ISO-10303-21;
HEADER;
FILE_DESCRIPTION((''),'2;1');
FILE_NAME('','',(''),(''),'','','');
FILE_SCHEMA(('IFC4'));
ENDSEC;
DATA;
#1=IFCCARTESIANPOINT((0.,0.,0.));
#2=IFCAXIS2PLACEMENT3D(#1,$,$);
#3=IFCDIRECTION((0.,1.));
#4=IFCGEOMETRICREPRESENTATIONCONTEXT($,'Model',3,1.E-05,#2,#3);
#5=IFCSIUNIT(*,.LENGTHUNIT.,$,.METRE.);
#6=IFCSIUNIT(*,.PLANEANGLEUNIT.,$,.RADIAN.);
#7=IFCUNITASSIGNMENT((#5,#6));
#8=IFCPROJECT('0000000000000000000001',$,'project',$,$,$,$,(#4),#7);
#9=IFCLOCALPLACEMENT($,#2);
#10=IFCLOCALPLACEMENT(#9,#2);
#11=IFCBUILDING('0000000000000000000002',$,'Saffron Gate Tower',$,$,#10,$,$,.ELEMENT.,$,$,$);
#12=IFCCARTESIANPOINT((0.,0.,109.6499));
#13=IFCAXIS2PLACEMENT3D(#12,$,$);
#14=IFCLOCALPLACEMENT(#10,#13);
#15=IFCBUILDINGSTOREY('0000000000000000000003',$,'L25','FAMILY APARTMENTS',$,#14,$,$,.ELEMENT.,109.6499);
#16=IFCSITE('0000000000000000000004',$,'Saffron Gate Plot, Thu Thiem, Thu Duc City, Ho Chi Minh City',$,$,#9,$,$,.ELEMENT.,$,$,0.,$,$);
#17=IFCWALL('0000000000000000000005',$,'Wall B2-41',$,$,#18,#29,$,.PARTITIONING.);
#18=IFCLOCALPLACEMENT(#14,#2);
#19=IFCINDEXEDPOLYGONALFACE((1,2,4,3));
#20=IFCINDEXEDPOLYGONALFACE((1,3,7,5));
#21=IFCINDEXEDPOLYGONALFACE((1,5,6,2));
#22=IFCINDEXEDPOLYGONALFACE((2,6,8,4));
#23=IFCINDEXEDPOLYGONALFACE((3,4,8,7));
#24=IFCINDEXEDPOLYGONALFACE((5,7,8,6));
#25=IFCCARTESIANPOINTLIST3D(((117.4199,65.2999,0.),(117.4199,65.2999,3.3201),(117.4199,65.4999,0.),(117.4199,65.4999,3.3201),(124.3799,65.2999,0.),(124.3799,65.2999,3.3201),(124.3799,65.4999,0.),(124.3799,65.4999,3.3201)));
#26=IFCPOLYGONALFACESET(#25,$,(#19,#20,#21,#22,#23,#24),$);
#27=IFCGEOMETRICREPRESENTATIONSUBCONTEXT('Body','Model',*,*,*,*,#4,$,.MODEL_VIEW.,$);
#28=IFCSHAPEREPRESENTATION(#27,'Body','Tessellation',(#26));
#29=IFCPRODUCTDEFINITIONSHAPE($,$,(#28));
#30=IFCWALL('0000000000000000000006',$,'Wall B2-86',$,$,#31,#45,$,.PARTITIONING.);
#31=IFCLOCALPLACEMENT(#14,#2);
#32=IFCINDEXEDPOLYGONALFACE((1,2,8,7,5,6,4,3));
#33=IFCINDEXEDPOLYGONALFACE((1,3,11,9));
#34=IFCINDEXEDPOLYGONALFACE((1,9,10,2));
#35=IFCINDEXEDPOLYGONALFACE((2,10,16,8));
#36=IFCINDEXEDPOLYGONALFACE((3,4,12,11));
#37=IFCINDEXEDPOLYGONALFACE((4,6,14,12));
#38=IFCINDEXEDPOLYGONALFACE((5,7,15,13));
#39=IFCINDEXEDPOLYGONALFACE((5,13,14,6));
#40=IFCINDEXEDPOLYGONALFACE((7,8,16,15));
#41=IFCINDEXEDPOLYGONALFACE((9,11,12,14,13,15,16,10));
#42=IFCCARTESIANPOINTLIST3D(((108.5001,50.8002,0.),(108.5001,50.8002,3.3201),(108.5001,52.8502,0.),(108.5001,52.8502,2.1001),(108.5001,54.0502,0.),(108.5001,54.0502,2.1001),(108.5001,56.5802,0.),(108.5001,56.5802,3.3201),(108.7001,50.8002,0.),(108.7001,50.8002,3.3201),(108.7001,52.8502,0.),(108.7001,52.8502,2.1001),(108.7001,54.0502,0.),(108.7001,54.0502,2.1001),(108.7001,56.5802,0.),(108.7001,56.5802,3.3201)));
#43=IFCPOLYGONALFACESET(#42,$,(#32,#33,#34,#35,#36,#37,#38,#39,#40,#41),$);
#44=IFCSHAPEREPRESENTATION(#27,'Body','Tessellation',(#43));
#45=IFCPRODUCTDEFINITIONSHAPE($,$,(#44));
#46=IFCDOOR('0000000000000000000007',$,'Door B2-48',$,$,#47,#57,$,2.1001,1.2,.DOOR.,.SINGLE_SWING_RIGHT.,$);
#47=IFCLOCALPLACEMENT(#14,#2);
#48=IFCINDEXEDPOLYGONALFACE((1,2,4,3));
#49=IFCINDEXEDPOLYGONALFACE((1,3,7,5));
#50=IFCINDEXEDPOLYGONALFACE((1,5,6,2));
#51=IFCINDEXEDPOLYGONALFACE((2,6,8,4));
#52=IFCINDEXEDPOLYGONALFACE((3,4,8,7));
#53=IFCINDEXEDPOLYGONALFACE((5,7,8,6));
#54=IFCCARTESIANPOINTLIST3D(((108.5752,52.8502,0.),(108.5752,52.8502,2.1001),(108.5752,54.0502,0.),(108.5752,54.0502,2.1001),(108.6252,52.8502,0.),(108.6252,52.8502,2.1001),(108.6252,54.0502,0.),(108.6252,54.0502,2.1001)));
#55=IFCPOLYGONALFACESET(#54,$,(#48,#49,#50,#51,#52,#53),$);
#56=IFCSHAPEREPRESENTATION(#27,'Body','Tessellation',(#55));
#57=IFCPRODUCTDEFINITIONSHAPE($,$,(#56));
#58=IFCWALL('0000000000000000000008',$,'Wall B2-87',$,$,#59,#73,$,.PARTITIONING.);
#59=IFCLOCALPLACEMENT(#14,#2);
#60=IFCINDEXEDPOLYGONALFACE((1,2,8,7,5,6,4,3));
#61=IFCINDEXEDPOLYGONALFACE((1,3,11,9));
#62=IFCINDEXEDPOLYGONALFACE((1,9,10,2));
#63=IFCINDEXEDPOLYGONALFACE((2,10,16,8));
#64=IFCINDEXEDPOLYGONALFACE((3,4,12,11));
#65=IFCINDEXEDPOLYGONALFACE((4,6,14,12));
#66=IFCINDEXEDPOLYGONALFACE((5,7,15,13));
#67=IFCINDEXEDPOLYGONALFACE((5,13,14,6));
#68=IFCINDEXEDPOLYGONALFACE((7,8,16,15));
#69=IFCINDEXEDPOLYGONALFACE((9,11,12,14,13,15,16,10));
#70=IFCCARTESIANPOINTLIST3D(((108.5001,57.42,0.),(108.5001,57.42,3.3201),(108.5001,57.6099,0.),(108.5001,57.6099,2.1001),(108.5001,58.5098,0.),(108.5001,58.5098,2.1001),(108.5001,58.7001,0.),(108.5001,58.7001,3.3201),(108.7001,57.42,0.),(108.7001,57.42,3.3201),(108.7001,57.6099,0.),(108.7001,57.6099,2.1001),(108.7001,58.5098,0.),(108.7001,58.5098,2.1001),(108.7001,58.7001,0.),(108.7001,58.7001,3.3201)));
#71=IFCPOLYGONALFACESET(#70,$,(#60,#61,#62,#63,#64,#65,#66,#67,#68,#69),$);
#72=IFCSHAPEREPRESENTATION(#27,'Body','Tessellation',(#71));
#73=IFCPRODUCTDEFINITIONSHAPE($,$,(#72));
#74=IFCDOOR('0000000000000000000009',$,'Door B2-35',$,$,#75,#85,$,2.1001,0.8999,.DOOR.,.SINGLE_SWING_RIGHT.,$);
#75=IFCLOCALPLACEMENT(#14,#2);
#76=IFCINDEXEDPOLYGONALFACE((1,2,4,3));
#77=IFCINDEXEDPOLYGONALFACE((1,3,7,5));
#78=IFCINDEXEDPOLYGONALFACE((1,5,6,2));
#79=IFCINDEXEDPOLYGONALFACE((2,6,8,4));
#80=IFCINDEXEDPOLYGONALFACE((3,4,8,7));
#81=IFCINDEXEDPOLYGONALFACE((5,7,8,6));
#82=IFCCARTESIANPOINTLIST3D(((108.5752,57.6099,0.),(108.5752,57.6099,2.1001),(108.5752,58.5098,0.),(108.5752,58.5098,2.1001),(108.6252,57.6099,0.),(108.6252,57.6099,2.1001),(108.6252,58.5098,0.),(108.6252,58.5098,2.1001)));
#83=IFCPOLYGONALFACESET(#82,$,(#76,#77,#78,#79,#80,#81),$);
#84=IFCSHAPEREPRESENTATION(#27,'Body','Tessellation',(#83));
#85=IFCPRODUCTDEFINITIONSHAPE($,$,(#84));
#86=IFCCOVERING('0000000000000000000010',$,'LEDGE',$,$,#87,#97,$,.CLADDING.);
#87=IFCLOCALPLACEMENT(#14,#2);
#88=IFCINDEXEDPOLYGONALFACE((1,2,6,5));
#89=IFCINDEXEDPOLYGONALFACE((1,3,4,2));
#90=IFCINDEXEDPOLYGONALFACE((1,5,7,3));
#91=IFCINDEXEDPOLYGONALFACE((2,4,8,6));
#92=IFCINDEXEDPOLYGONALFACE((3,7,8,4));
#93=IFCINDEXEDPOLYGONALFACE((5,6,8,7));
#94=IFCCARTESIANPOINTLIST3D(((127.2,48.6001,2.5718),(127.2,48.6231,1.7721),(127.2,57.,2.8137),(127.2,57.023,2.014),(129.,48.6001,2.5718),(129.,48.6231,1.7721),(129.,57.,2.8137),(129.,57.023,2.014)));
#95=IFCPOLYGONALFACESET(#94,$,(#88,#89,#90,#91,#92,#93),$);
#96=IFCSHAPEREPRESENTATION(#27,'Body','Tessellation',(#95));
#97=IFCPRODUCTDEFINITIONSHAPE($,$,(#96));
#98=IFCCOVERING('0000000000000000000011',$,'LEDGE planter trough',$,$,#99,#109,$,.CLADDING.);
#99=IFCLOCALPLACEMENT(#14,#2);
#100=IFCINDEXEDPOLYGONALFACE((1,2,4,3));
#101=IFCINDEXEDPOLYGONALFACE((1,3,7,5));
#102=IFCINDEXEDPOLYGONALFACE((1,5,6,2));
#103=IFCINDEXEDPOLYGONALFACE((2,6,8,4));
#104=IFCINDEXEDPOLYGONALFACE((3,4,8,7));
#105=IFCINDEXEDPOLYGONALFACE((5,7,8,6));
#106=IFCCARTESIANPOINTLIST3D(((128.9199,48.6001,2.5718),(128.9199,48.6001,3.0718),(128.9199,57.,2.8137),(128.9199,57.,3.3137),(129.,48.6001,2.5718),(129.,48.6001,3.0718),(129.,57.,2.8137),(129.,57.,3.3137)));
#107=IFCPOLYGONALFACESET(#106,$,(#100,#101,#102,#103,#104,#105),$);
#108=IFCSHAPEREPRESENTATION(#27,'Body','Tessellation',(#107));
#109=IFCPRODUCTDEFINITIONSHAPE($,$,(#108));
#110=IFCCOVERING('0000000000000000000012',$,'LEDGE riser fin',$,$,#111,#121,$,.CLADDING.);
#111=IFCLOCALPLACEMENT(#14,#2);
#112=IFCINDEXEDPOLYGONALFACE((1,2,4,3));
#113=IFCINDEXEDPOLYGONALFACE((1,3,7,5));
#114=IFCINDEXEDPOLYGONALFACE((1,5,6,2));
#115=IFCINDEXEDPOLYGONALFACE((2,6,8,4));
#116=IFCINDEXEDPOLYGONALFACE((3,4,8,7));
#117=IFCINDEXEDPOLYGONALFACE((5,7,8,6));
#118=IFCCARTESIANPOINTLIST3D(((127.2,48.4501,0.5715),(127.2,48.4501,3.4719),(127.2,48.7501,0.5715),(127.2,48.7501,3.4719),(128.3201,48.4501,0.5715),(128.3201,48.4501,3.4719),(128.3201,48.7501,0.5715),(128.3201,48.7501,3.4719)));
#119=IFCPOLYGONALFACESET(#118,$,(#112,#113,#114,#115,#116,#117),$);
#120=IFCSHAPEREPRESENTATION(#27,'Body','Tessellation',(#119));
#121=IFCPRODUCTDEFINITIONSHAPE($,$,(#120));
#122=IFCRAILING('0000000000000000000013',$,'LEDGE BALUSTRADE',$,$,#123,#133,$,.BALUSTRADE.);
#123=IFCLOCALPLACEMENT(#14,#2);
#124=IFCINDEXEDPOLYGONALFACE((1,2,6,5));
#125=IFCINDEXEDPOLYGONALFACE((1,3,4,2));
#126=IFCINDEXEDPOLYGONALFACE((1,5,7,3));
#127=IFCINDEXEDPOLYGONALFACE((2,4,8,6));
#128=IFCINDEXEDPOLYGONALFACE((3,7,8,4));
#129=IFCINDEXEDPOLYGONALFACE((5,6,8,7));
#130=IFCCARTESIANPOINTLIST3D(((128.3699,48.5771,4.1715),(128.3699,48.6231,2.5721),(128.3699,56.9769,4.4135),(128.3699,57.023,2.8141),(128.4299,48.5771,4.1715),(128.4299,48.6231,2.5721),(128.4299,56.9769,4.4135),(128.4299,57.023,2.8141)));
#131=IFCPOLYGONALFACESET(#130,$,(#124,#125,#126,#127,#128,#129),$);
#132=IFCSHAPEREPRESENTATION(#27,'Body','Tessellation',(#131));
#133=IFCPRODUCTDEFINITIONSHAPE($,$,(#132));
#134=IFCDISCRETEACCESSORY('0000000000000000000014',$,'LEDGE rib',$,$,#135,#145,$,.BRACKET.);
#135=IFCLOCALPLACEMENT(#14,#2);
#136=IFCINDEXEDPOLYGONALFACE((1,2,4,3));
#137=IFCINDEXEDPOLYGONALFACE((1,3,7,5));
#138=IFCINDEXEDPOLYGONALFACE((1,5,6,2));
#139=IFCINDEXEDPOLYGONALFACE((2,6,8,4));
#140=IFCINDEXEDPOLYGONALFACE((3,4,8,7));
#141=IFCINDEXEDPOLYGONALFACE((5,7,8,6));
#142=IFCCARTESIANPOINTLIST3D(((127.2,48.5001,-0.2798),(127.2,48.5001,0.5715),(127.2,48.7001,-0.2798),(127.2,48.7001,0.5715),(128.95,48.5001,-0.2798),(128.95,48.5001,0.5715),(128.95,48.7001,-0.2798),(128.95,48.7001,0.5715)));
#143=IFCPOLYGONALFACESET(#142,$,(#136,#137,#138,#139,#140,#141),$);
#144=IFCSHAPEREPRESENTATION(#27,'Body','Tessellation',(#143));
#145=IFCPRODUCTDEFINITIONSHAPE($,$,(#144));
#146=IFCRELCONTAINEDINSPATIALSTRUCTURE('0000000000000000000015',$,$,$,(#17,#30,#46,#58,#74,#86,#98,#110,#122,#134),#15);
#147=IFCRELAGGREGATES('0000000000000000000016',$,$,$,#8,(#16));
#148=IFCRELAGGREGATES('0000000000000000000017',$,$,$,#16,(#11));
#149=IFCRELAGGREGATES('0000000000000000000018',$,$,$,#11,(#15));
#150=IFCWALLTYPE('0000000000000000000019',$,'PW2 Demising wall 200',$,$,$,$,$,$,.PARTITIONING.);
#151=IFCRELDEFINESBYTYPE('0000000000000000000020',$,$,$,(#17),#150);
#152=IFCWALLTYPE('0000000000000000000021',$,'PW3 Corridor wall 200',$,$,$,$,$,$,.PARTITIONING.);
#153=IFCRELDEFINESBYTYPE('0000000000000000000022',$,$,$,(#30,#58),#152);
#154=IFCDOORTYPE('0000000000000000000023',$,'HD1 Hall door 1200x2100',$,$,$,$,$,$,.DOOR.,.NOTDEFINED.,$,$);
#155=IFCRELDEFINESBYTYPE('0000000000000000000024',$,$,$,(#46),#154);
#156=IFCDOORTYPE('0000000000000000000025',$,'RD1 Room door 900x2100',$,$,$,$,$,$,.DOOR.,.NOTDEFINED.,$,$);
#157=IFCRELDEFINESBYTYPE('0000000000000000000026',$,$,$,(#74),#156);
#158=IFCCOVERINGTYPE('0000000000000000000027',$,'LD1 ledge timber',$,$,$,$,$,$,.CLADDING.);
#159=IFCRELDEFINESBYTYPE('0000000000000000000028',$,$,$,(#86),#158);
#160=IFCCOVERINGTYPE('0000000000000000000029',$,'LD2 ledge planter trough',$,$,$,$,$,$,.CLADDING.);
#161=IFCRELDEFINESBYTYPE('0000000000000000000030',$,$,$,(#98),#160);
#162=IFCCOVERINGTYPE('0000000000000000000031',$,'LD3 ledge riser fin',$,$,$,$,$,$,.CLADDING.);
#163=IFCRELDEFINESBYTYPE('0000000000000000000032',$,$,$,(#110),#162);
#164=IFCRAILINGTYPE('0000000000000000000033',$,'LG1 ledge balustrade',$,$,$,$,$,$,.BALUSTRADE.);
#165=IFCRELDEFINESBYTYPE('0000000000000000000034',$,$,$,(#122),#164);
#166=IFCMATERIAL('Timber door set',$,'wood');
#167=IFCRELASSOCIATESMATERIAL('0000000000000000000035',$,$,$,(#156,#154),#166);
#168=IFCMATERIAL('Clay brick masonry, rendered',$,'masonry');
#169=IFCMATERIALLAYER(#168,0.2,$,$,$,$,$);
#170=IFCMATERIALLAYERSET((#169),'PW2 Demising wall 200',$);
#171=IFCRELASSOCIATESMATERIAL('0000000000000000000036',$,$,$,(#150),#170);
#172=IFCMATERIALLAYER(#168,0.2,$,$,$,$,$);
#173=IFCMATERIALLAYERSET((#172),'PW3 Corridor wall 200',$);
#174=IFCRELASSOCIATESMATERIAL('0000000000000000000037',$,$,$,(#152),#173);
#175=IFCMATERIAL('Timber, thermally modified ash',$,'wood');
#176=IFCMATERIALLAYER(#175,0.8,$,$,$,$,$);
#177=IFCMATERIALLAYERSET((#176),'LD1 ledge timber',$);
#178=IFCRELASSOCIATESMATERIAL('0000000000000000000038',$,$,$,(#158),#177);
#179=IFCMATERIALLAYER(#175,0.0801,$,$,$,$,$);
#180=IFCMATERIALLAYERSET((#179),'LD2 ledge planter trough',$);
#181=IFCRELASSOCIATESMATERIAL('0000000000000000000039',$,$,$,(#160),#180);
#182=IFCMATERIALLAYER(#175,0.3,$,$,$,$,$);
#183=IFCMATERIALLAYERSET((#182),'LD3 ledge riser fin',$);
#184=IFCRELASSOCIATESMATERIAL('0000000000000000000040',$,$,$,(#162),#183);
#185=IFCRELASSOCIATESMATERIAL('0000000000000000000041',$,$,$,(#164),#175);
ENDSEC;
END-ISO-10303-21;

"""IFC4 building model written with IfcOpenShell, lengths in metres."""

from ifc_helpers import new_model, si_unit, direction, frame, frame_2d, origin, origin_2d, place, context, subcontext, project, spatial, polyline, rectangle, outline, extrude, material, layer, layer_set, type_object, element, fill, save


model = new_model("IFC4")

# Units and contexts
model_context = context("Model", 3, precision=1e-05, world=origin(), true_north=direction((0.0, 1.0)))
body_context = subcontext(model_context, "Body", "Model", "MODEL_VIEW")
ifc_project = project(units=[si_unit("LENGTHUNIT", "METRE"), si_unit("PLANEANGLEUNIT", "RADIAN")], contexts=[model_context])

# Site, building, storey
site_placement = place(None, origin())
site = spatial("IfcSite", under=ifc_project, at=site_placement, Name="Saffron Gate Plot, Thu Thiem, Thu Duc City, Ho Chi Minh City", CompositionType="ELEMENT", RefElevation=0.0)
building_placement = place(site_placement, origin())
building = spatial("IfcBuilding", under=site, at=building_placement, Name="Saffron Gate Tower", CompositionType="ELEMENT")
storey_placement = place(building_placement, frame((0.0, 0.0, 109.6499)))
storey = spatial("IfcBuildingStorey", under=building, at=storey_placement, Name="L25", Description="FAMILY APARTMENTS", CompositionType="ELEMENT", Elevation=109.6499)

# Shared definitions
ifc_material_1 = material(Name="Timber door set", Category="wood")
door_type_1 = type_object("IfcDoorType", Name="RD1 Room door 900x2100", OperationType="NOTDEFINED", PredefinedType="DOOR", material=ifc_material_1)

# Wall
ifc_material_2 = material(Name="Clay brick masonry, rendered", Category="masonry")
ifc_layer_1 = layer(ifc_material_2, 0.2)
ifc_layer_set_1 = layer_set([ifc_layer_1], Name="PW2 Demising wall 200")
wall_type_1 = type_object("IfcWallType", Name="PW2 Demising wall 200", PredefinedType="PARTITIONING", material=ifc_layer_set_1)
wall_1_placement = place(storey_placement, frame((117.4199, 65.3999, 0.0), z_axis=(0.0, 0.0, 1.0), x_axis=(1.0, 0.0, 0.0)))
element("IfcWall", 1, at=wall_1_placement, inside=storey, type_object=wall_type_1, Name="Wall B2-41", PredefinedType="PARTITIONING", context=body_context, shape_type="SweptSolid", body=[
    extrude(rectangle(XDim=6.96, YDim=0.2, at=frame_2d((3.48, 0.0))), origin(), (0.0, 0.0, 1.0), 3.3201),
])

# Walls, openings, doors
ifc_layer_2 = layer(ifc_material_2, 0.2)
ifc_layer_set_2 = layer_set([ifc_layer_2], Name="PW3 Corridor wall 200")
wall_type_2 = type_object("IfcWallType", Name="PW3 Corridor wall 200", PredefinedType="PARTITIONING", material=ifc_layer_set_2)
wall_2_placement = place(storey_placement, frame((108.6001, 50.8, 0.0), z_axis=(0.0, 0.0, 1.0), x_axis=(0.0, 1.0, 0.0)))
wall_2 = element("IfcWall", 2, at=wall_2_placement, inside=storey, type_object=wall_type_2, Name="Wall B2-86", PredefinedType="PARTITIONING", context=body_context, shape_type="SweptSolid", body=[
    extrude(rectangle(XDim=5.78, YDim=0.2, at=frame_2d((2.8901, 0.0))), origin(), (0.0, 0.0, 1.0), 3.3201),
])
opening_1_placement = place(wall_2_placement, frame((2.05, 0.0, 0.0)))
opening_1 = element("IfcOpeningElement", 3, at=opening_1_placement, cuts=wall_2, PredefinedType="OPENING", context=body_context, shape_type="SweptSolid", body=[
    extrude(rectangle(XDim=1.2, YDim=2.1001, at=frame_2d((0.6001, 1.05))), frame((0.0, 0.1099, 0.0), z_axis=(0.0, -1.0, 0.0), x_axis=(1.0, 0.0, 0.0)), (0.0, 0.0, 1.0), 0.22),
])
door_type_2 = type_object("IfcDoorType", Name="HD1 Hall door 1200x2100", OperationType="NOTDEFINED", PredefinedType="DOOR", material=ifc_material_1)
door_1_placement = place(opening_1_placement, origin())
door_1 = element("IfcDoor", 4, at=door_1_placement, inside=storey, type_object=door_type_2, Name="Door B2-48", OperationType="SINGLE_SWING_RIGHT", OverallHeight=2.1001, OverallWidth=1.2, PredefinedType="DOOR", context=body_context, shape_type="SweptSolid", body=[
    extrude(rectangle(XDim=1.2, YDim=2.1001, at=frame_2d((0.6001, 1.05))), frame((0.0, 0.0249, 0.0), z_axis=(0.0, -1.0, 0.0), x_axis=(1.0, 0.0, 0.0)), (0.0, 0.0, 1.0), 0.05),
])
fill(opening_1, door_1)
wall_3_placement = place(storey_placement, frame((108.6001, 57.4199, 0.0), z_axis=(0.0, 0.0, 1.0), x_axis=(0.0, 1.0, 0.0)))
wall_3 = element("IfcWall", 5, at=wall_3_placement, inside=storey, type_object=wall_type_2, Name="Wall B2-87", PredefinedType="PARTITIONING", context=body_context, shape_type="SweptSolid", body=[
    extrude(rectangle(XDim=1.28, YDim=0.2, at=frame_2d((0.6401, 0.0))), origin(), (0.0, 0.0, 1.0), 3.3201),
])
opening_2_placement = place(wall_3_placement, frame((0.1899, 0.0, 0.0)))
opening_2 = element("IfcOpeningElement", 6, at=opening_2_placement, cuts=wall_3, PredefinedType="OPENING", context=body_context, shape_type="SweptSolid", body=[
    extrude(rectangle(XDim=0.8999, YDim=2.1001, at=frame_2d((0.45, 1.05))), frame((0.0, 0.1099, 0.0), z_axis=(0.0, -1.0, 0.0), x_axis=(1.0, 0.0, 0.0)), (0.0, 0.0, 1.0), 0.22),
])
door_2_placement = place(opening_2_placement, origin())
door_2 = element("IfcDoor", 7, at=door_2_placement, inside=storey, type_object=door_type_1, Name="Door B2-35", OperationType="SINGLE_SWING_RIGHT", OverallHeight=2.1001, OverallWidth=0.8999, PredefinedType="DOOR", context=body_context, shape_type="SweptSolid", body=[
    extrude(rectangle(XDim=0.8999, YDim=2.1001, at=frame_2d((0.45, 1.05))), frame((0.0, 0.0249, 0.0), z_axis=(0.0, -1.0, 0.0), x_axis=(1.0, 0.0, 0.0)), (0.0, 0.0, 1.0), 0.05),
])
fill(opening_2, door_2)

# Coverings
ifc_material_3 = material(Name="Timber, thermally modified ash", Category="wood")
ifc_layer_3 = layer(ifc_material_3, 0.8)
ifc_layer_set_3 = layer_set([ifc_layer_3], Name="LD1 ledge timber")
covering_type_1 = type_object("IfcCoveringType", Name="LD1 ledge timber", PredefinedType="CLADDING", material=ifc_layer_set_3)
covering_1_placement = place(storey_placement, frame((127.2, 48.6001, 2.5718), z_axis=(0.0, -0.028791, 0.999585), x_axis=(0.0, 0.999585, 0.028791)))
element("IfcCovering", 8, at=covering_1_placement, inside=storey, type_object=covering_type_1, Name="LEDGE", PredefinedType="CLADDING", context=body_context, shape_type="SweptSolid", body=[
    extrude(outline(polyline([(0.0, 0.0), (8.4034, 0.0), (8.4034, -1.8), (0.0, -1.8), (0.0, 0.0)])), origin(), (0.0, 0.0, -1.0), 0.8),
])
ifc_layer_4 = layer(ifc_material_3, 0.0801)
ifc_layer_set_4 = layer_set([ifc_layer_4], Name="LD2 ledge planter trough")
covering_type_2 = type_object("IfcCoveringType", Name="LD2 ledge planter trough", PredefinedType="CLADDING", material=ifc_layer_set_4)
covering_2_placement = place(storey_placement, frame((129.0, 48.6001, 2.5718), z_axis=(1.0, 0.0, 0.0), x_axis=(0.0, 0.999585, 0.028791)))
element("IfcCovering", 9, at=covering_2_placement, inside=storey, type_object=covering_type_2, Name="LEDGE planter trough", PredefinedType="CLADDING", context=body_context, shape_type="SweptSolid", body=[
    extrude(outline(polyline([(0.0, 0.0), (8.4034, 0.0), (8.4178, 0.4998), (0.0144, 0.4998), (0.0, 0.0)])), origin(), (0.0, 0.0, -1.0), 0.0801),
])
ifc_layer_5 = layer(ifc_material_3, 0.3)
ifc_layer_set_5 = layer_set([ifc_layer_5], Name="LD3 ledge riser fin")
covering_type_3 = type_object("IfcCoveringType", Name="LD3 ledge riser fin", PredefinedType="CLADDING", material=ifc_layer_set_5)
covering_3_placement = place(storey_placement, frame((127.76, 48.6001, 0.5715), z_axis=(0.0, 0.0, 1.0), x_axis=(0.0, 1.0, 0.0)))
element("IfcCovering", 10, at=covering_3_placement, inside=storey, type_object=covering_type_3, Name="LEDGE riser fin", PredefinedType="CLADDING", context=body_context, shape_type="SweptSolid", body=[
    extrude(rectangle(XDim=0.3, YDim=1.1201, at=origin_2d()), origin(), (0.0, 0.0, 1.0), 2.9004),
])

# Railing
railing_type = type_object("IfcRailingType", Name="LG1 ledge balustrade", PredefinedType="BALUSTRADE", material=ifc_material_3)
railing_placement = place(storey_placement, frame((128.3999, 48.6001, 2.5718)))
element("IfcRailing", 11, at=railing_placement, inside=storey, type_object=railing_type, Name="LEDGE BALUSTRADE", PredefinedType="BALUSTRADE", context=body_context, shape_type="SweptSolid", body=[
    extrude(rectangle(XDim=0.0601, YDim=1.6001, at=origin_2d()), frame((0.0, 0.0, 0.8), z_axis=(0.0, 0.999585, 0.028791), x_axis=(-1.0, 0.0, 0.0)), (0.0, 0.0, 1.0), 8.4033),
])

# Discrete accessory
discrete_accessory_placement = place(storey_placement, frame((128.075, 48.6001, -0.2798), z_axis=(0.0, 0.0, 1.0), x_axis=(0.0, 1.0, 0.0)))
element("IfcDiscreteAccessory", 12, at=discrete_accessory_placement, inside=storey, Name="LEDGE rib", PredefinedType="BRACKET", context=body_context, shape_type="SweptSolid", body=[
    extrude(rectangle(XDim=0.2, YDim=1.75, at=origin_2d()), origin(), (0.0, 0.0, 1.0), 0.8513),
])

save(model, "model.ifc")
